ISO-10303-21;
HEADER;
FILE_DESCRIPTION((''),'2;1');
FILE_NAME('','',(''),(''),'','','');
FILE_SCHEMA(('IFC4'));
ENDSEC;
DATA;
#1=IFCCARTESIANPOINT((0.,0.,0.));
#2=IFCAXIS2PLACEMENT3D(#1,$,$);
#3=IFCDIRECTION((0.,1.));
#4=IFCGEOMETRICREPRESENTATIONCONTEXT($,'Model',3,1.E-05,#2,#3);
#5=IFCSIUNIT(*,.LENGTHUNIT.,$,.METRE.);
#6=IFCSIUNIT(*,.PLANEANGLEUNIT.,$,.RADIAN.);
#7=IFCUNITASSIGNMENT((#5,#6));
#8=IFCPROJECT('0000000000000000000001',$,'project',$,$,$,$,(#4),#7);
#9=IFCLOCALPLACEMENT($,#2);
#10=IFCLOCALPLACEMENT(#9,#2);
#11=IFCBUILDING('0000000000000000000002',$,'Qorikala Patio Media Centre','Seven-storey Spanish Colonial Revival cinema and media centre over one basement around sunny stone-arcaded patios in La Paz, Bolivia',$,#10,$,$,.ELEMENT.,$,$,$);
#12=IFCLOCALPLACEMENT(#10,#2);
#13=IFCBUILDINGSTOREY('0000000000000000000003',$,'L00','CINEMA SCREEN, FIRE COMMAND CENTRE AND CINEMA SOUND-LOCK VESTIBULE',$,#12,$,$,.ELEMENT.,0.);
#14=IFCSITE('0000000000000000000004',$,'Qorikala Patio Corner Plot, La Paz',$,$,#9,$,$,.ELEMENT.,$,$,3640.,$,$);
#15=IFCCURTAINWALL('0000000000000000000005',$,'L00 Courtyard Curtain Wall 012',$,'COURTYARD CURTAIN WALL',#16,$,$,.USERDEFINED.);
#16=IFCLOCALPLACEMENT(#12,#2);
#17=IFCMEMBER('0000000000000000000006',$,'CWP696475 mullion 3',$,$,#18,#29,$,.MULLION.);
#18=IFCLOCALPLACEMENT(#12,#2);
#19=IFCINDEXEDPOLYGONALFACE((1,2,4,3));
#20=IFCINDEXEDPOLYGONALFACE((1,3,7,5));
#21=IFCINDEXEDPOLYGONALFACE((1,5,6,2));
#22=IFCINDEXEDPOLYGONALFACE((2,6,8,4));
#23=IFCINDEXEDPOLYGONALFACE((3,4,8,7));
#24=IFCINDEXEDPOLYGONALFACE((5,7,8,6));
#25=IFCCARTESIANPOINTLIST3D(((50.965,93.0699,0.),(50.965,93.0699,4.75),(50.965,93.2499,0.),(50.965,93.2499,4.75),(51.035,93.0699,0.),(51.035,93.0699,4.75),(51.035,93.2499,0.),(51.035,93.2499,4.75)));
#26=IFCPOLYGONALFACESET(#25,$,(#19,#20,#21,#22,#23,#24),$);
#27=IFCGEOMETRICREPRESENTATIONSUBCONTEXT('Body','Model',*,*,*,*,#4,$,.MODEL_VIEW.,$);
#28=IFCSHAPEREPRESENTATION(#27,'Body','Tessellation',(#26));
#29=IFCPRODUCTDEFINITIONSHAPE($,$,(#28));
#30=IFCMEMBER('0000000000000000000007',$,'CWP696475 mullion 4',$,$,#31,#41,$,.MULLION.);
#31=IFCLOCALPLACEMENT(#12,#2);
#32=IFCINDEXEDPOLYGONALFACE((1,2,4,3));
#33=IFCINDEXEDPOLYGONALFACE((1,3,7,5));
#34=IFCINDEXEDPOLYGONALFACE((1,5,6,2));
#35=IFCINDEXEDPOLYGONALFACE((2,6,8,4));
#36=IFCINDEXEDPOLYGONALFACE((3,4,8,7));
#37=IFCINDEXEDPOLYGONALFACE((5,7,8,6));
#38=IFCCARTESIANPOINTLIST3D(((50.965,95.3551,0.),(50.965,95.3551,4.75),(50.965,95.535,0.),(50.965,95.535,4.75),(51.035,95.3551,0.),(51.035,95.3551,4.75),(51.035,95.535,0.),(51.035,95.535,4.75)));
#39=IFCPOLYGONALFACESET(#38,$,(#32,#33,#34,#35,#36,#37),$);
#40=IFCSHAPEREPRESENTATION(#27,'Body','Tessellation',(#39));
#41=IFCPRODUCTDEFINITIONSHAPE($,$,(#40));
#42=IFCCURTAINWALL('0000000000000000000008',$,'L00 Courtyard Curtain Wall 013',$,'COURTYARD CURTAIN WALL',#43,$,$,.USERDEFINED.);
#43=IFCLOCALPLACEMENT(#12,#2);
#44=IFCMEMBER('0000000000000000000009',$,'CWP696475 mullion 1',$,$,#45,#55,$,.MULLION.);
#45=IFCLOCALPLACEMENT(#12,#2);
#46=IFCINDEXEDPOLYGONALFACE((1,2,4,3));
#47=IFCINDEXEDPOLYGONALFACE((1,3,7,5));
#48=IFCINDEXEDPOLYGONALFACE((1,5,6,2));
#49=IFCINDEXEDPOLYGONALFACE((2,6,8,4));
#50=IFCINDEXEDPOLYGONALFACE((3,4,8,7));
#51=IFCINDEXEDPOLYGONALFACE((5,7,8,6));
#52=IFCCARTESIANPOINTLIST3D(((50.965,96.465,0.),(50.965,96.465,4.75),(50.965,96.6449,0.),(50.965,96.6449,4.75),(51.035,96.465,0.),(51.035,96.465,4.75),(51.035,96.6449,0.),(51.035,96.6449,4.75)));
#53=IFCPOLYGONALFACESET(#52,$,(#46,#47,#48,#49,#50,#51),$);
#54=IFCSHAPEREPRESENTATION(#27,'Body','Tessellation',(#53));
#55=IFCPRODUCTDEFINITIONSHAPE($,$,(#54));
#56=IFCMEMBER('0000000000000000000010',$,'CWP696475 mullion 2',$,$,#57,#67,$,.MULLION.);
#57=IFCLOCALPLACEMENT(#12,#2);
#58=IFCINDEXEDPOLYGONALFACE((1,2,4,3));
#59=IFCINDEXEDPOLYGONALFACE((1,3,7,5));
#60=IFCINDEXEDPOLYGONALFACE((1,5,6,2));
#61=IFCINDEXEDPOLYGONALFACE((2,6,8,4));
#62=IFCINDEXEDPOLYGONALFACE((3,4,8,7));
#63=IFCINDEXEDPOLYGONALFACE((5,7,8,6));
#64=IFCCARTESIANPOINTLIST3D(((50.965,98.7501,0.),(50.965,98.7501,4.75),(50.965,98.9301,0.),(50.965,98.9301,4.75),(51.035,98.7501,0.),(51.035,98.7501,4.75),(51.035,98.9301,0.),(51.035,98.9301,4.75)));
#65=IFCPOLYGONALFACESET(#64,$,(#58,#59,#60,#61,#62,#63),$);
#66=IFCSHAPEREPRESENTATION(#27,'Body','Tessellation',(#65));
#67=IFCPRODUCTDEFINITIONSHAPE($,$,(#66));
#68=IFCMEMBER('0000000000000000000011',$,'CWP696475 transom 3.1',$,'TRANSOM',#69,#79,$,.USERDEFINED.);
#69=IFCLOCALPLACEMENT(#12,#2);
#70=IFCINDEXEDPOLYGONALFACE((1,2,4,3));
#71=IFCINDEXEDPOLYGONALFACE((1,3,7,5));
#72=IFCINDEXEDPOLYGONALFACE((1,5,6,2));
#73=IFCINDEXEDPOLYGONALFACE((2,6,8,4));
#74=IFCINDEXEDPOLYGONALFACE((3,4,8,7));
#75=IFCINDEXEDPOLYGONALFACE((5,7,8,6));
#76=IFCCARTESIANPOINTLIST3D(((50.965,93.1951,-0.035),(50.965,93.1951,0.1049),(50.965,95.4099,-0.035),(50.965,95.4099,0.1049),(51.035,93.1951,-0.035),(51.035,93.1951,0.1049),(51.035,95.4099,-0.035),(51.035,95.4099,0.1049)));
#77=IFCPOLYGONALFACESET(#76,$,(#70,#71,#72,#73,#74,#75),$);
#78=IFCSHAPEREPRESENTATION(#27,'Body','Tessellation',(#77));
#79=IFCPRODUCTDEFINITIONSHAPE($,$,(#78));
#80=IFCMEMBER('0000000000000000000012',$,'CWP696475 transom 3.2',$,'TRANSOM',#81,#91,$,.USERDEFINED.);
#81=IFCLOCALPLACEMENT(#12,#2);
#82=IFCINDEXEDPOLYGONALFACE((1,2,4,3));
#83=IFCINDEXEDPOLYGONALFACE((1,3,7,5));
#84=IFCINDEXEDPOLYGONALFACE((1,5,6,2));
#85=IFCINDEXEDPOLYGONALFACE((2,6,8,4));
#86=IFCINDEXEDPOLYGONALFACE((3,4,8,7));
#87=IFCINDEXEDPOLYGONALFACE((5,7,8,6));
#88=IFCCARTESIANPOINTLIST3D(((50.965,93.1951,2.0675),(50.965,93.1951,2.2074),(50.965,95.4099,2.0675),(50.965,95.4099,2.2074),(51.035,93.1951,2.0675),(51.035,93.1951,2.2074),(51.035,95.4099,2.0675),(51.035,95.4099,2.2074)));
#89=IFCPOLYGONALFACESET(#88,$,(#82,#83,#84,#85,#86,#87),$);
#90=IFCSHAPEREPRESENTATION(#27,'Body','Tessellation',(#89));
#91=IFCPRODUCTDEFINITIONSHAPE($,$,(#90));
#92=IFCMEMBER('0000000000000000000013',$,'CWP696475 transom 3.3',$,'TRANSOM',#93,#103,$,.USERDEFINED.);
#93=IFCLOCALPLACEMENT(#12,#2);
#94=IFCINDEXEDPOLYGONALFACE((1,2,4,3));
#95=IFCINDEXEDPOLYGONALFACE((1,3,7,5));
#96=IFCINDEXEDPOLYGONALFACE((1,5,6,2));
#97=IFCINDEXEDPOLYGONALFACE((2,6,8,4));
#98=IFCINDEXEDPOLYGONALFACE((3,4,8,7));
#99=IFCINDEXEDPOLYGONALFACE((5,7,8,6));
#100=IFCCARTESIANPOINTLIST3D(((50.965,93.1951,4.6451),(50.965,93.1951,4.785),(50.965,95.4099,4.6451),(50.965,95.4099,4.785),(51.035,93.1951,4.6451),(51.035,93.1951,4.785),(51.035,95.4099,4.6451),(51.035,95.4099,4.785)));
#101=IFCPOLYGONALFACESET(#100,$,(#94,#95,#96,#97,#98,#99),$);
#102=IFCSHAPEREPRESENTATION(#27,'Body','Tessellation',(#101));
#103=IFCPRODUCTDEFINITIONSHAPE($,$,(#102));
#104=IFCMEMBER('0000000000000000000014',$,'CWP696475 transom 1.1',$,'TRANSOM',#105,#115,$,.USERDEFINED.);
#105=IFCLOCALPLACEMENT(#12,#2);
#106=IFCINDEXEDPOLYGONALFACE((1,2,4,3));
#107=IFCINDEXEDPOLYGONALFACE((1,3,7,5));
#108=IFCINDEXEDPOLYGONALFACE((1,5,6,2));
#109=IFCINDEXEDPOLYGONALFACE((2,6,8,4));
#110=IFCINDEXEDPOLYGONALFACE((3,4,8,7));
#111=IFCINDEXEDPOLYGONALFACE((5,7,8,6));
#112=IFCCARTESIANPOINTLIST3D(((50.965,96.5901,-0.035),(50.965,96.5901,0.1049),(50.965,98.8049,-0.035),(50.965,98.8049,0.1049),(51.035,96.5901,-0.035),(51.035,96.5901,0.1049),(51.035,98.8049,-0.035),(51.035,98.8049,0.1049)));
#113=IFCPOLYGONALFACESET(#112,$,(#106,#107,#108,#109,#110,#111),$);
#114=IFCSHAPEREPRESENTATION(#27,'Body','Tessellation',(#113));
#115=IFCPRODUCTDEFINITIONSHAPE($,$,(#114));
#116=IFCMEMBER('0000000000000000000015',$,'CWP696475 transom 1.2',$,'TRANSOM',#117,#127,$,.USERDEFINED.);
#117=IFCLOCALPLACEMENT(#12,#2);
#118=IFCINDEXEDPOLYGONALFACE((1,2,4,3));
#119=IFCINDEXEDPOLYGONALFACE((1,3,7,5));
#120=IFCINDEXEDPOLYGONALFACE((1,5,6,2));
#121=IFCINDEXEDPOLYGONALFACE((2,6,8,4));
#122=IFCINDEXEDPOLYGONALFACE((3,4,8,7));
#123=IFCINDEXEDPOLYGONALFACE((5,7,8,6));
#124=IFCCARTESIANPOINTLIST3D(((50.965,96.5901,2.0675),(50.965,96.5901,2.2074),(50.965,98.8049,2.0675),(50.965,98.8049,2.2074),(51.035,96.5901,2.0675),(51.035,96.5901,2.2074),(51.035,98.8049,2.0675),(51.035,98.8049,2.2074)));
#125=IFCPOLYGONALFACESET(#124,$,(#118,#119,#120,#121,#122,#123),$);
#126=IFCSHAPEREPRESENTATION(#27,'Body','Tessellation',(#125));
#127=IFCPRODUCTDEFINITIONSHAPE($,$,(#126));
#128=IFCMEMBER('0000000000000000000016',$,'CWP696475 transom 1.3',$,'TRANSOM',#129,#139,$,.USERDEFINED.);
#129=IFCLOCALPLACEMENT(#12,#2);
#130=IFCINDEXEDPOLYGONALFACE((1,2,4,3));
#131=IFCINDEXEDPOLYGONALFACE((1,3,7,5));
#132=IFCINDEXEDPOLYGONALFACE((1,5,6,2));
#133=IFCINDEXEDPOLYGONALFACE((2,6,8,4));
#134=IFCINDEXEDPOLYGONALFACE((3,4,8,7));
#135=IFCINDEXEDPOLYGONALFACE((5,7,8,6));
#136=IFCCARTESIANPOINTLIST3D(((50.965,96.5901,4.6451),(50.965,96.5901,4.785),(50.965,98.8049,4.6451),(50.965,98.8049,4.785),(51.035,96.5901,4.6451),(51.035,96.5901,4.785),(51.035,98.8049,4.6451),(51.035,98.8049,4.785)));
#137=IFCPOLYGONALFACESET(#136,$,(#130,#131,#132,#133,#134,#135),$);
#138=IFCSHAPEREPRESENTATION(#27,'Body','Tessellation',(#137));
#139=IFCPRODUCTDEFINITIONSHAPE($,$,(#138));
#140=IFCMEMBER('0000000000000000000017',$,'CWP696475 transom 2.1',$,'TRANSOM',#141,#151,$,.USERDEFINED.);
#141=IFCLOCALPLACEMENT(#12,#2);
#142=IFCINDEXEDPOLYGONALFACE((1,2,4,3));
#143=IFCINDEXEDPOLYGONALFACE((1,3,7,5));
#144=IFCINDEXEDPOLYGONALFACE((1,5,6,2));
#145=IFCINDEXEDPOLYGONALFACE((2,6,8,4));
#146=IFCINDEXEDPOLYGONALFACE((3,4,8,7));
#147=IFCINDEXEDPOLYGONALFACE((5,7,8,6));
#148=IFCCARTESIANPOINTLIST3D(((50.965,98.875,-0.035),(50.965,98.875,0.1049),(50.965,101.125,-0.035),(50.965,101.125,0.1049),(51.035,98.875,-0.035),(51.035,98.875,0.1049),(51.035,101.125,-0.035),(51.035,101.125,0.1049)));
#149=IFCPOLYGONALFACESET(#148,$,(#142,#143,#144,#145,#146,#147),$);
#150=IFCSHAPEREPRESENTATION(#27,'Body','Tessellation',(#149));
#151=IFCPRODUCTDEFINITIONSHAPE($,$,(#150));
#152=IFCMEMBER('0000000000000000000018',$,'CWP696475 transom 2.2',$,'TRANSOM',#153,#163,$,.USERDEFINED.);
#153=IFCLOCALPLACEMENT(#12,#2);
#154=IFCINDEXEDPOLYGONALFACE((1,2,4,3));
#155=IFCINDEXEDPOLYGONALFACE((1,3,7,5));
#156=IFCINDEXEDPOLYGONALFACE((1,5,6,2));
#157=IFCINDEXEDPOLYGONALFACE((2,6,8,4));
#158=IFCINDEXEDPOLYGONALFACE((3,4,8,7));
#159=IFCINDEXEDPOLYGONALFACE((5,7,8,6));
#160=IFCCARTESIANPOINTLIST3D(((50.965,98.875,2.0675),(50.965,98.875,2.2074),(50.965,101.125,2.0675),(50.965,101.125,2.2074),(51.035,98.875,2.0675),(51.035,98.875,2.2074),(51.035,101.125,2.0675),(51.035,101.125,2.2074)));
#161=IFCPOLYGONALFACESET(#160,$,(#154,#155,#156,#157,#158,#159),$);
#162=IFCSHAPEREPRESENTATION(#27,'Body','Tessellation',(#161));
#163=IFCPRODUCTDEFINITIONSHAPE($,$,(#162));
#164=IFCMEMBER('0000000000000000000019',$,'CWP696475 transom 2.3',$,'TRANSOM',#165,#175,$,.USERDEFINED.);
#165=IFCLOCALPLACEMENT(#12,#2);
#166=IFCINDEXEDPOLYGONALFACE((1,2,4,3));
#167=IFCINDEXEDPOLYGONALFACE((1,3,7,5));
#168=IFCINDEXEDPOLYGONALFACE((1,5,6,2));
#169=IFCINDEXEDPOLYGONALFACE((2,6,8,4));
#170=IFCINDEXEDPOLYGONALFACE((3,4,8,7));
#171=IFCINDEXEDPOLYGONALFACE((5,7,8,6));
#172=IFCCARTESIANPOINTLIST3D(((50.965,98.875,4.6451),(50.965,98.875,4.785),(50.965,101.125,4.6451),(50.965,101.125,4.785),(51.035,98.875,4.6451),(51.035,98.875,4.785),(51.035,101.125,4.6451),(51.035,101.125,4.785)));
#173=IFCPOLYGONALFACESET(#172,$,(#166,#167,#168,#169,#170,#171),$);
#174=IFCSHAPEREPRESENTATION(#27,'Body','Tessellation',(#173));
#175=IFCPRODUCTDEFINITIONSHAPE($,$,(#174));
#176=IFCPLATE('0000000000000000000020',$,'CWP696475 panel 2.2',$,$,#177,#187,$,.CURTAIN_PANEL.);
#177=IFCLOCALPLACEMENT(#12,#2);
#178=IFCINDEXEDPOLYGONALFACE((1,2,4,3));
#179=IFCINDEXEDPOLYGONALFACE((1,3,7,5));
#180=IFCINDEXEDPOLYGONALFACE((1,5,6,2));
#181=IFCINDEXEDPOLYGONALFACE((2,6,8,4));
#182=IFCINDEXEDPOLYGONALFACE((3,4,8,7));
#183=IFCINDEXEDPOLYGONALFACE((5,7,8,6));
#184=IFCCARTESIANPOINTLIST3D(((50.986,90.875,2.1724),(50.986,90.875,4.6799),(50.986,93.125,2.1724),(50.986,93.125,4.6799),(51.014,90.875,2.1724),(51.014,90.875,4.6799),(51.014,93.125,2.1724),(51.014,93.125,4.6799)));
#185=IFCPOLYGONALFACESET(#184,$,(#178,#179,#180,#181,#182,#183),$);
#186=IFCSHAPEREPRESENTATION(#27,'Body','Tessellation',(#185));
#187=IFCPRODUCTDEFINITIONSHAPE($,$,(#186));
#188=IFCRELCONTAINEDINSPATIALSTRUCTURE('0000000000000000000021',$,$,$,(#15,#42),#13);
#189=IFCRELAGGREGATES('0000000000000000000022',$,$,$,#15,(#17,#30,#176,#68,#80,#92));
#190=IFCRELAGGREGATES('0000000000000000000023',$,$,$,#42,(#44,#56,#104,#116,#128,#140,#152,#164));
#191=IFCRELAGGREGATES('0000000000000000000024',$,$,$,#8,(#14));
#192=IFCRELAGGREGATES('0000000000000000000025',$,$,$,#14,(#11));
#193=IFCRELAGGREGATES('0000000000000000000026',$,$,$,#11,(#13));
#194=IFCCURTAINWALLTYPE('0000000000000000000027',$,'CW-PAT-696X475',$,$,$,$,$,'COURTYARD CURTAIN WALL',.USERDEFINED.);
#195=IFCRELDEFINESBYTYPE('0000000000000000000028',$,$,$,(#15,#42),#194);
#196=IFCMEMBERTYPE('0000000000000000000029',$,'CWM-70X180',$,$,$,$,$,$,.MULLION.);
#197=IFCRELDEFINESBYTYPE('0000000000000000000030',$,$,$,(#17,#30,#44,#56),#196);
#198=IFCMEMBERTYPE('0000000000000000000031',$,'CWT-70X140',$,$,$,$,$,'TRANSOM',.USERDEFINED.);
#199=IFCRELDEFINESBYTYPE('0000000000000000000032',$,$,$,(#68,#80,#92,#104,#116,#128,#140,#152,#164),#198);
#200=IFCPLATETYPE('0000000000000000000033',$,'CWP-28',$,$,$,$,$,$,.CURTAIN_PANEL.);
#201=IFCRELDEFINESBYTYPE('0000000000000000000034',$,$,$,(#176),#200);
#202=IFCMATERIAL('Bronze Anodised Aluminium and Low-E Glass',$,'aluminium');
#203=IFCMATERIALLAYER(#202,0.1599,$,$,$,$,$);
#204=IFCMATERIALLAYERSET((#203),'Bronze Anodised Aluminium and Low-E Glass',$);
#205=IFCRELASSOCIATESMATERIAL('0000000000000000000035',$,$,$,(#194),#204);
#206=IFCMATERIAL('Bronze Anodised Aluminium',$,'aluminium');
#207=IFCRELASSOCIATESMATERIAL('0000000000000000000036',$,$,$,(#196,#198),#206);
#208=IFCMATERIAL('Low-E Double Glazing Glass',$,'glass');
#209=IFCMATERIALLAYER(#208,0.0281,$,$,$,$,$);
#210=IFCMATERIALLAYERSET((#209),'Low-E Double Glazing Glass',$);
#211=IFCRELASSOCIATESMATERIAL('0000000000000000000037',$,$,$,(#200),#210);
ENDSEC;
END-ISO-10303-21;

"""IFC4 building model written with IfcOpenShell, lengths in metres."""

from ifc_helpers import new_model, si_unit, direction, frame, origin, origin_2d, place, context, subcontext, project, spatial, rectangle, extrude, material, layer, layer_set, material_profile, profile_set, type_object, element, aggregate, save


model = new_model("IFC4")

# Units and contexts
model_context = context("Model", 3, precision=1e-05, world=origin(), true_north=direction((0.0, 1.0)))
body_context = subcontext(model_context, "Body", "Model", "MODEL_VIEW")
ifc_project = project(units=[si_unit("LENGTHUNIT", "METRE"), si_unit("PLANEANGLEUNIT", "RADIAN")], contexts=[model_context])

# Site, building, storey
site_placement = place(None, origin())
site = spatial("IfcSite", under=ifc_project, at=site_placement, Name="Qorikala Patio Corner Plot, La Paz", CompositionType="ELEMENT", RefElevation=3640.0)
building_placement = place(site_placement, origin())
building = spatial("IfcBuilding", under=site, at=building_placement, Name="Qorikala Patio Media Centre", Description="Seven-storey Spanish Colonial Revival cinema and media centre over one basement around sunny stone-arcaded patios in La Paz, Bolivia", CompositionType="ELEMENT")
storey_placement = place(building_placement, origin())
storey = spatial("IfcBuildingStorey", under=building, at=storey_placement, Name="L00", Description="CINEMA SCREEN, FIRE COMMAND CENTRE AND CINEMA SOUND-LOCK VESTIBULE", CompositionType="ELEMENT", Elevation=0.0)

# Curtain walls, members
ifc_material_1 = material(Name="Bronze Anodised Aluminium and Low-E Glass", Category="aluminium")
ifc_layer_1 = layer(ifc_material_1, 0.1599)
ifc_layer_set_1 = layer_set([ifc_layer_1], Name="Bronze Anodised Aluminium and Low-E Glass")
curtain_wall_type = type_object("IfcCurtainWallType", Name="CW-PAT-696X475", ElementType="COURTYARD CURTAIN WALL", PredefinedType="USERDEFINED", material=ifc_layer_set_1)
curtain_wall_1_placement = place(storey_placement, origin())
curtain_wall_1 = element("IfcCurtainWall", 1, at=curtain_wall_1_placement, inside=storey, type_object=curtain_wall_type, Name="L00 Courtyard Curtain Wall 012", ObjectType="COURTYARD CURTAIN WALL", PredefinedType="USERDEFINED")
ifc_material_2 = material(Name="Bronze Anodised Aluminium", Category="aluminium")
ifc_material_profile_1 = material_profile(ifc_material_2, rectangle(XDim=0.0701, YDim=0.1799, at=origin_2d()), Name="ALU MULLION 70x180")
ifc_profile_set_1 = profile_set([ifc_material_profile_1], Name="Bronze Anodised Aluminium")
member_type_1 = type_object("IfcMemberType", Name="CWM-70X180", PredefinedType="MULLION", material=ifc_profile_set_1)
member_1_placement = place(storey_placement, frame((51.0, 93.1599, 0.0), z_axis=(0.0, 0.0, 1.0), x_axis=(-1.0, 0.0, 0.0)))
member_1 = element("IfcMember", 2, at=member_1_placement, type_object=member_type_1, Name="CWP696475 mullion 3", PredefinedType="MULLION", context=body_context, shape_type="SweptSolid", body=[
    extrude(rectangle(XDim=0.0701, YDim=0.1799, at=origin_2d()), origin(), (0.0, 0.0, 1.0), 4.75),
])
member_2_placement = place(storey_placement, frame((51.0, 95.4451, 0.0), z_axis=(0.0, 0.0, 1.0), x_axis=(-1.0, 0.0, 0.0)))
member_2 = element("IfcMember", 3, at=member_2_placement, type_object=member_type_1, Name="CWP696475 mullion 4", PredefinedType="MULLION", context=body_context, shape_type="SweptSolid", body=[
    extrude(rectangle(XDim=0.0701, YDim=0.1799, at=origin_2d()), origin(), (0.0, 0.0, 1.0), 4.75),
])
curtain_wall_2_placement = place(storey_placement, origin())
curtain_wall_2 = element("IfcCurtainWall", 4, at=curtain_wall_2_placement, inside=storey, type_object=curtain_wall_type, Name="L00 Courtyard Curtain Wall 013", ObjectType="COURTYARD CURTAIN WALL", PredefinedType="USERDEFINED")
member_3_placement = place(storey_placement, frame((51.0, 96.5549, 0.0), z_axis=(0.0, 0.0, 1.0), x_axis=(-1.0, 0.0, 0.0)))
member_3 = element("IfcMember", 5, at=member_3_placement, type_object=member_type_1, Name="CWP696475 mullion 1", PredefinedType="MULLION", context=body_context, shape_type="SweptSolid", body=[
    extrude(rectangle(XDim=0.0701, YDim=0.1799, at=origin_2d()), origin(), (0.0, 0.0, 1.0), 4.75),
])
member_4_placement = place(storey_placement, frame((51.0, 98.8401, 0.0), z_axis=(0.0, 0.0, 1.0), x_axis=(-1.0, 0.0, 0.0)))
member_4 = element("IfcMember", 6, at=member_4_placement, type_object=member_type_1, Name="CWP696475 mullion 2", PredefinedType="MULLION", context=body_context, shape_type="SweptSolid", body=[
    extrude(rectangle(XDim=0.0701, YDim=0.1799, at=origin_2d()), origin(), (0.0, 0.0, 1.0), 4.75),
])

# Members
ifc_material_profile_2 = material_profile(ifc_material_2, rectangle(XDim=0.0701, YDim=0.1399, at=origin_2d()), Name="ALU TRANSOM 70x140")
ifc_profile_set_2 = profile_set([ifc_material_profile_2], Name="Bronze Anodised Aluminium")
member_type_2 = type_object("IfcMemberType", Name="CWT-70X140", ElementType="TRANSOM", PredefinedType="USERDEFINED", material=ifc_profile_set_2)
member_5_placement = place(storey_placement, frame((51.0, 93.1951, 0.0349), z_axis=(0.0, 1.0, 0.0), x_axis=(-1.0, 0.0, 0.0)))
member_5 = element("IfcMember", 7, at=member_5_placement, type_object=member_type_2, Name="CWP696475 transom 3.1", ObjectType="TRANSOM", PredefinedType="USERDEFINED", context=body_context, shape_type="SweptSolid", body=[
    extrude(rectangle(XDim=0.0701, YDim=0.1399, at=origin_2d()), origin(), (0.0, 0.0, 1.0), 2.2148),
])
member_6_placement = place(storey_placement, frame((51.0, 93.1951, 2.1375), z_axis=(0.0, 1.0, 0.0), x_axis=(-1.0, 0.0, 0.0)))
member_6 = element("IfcMember", 8, at=member_6_placement, type_object=member_type_2, Name="CWP696475 transom 3.2", ObjectType="TRANSOM", PredefinedType="USERDEFINED", context=body_context, shape_type="SweptSolid", body=[
    extrude(rectangle(XDim=0.0701, YDim=0.1399, at=origin_2d()), origin(), (0.0, 0.0, 1.0), 2.2148),
])
member_7_placement = place(storey_placement, frame((51.0, 93.1951, 4.7151), z_axis=(0.0, 1.0, 0.0), x_axis=(-1.0, 0.0, 0.0)))
member_7 = element("IfcMember", 9, at=member_7_placement, type_object=member_type_2, Name="CWP696475 transom 3.3", ObjectType="TRANSOM", PredefinedType="USERDEFINED", context=body_context, shape_type="SweptSolid", body=[
    extrude(rectangle(XDim=0.0701, YDim=0.1399, at=origin_2d()), origin(), (0.0, 0.0, 1.0), 2.2148),
])
member_8_placement = place(storey_placement, frame((51.0, 96.5901, 0.0349), z_axis=(0.0, 1.0, 0.0), x_axis=(-1.0, 0.0, 0.0)))
member_8 = element("IfcMember", 10, at=member_8_placement, type_object=member_type_2, Name="CWP696475 transom 1.1", ObjectType="TRANSOM", PredefinedType="USERDEFINED", context=body_context, shape_type="SweptSolid", body=[
    extrude(rectangle(XDim=0.0701, YDim=0.1399, at=origin_2d()), origin(), (0.0, 0.0, 1.0), 2.2148),
])
member_9_placement = place(storey_placement, frame((51.0, 96.5901, 2.1375), z_axis=(0.0, 1.0, 0.0), x_axis=(-1.0, 0.0, 0.0)))
member_9 = element("IfcMember", 11, at=member_9_placement, type_object=member_type_2, Name="CWP696475 transom 1.2", ObjectType="TRANSOM", PredefinedType="USERDEFINED", context=body_context, shape_type="SweptSolid", body=[
    extrude(rectangle(XDim=0.0701, YDim=0.1399, at=origin_2d()), origin(), (0.0, 0.0, 1.0), 2.2148),
])
member_10_placement = place(storey_placement, frame((51.0, 96.5901, 4.7151), z_axis=(0.0, 1.0, 0.0), x_axis=(-1.0, 0.0, 0.0)))
member_10 = element("IfcMember", 12, at=member_10_placement, type_object=member_type_2, Name="CWP696475 transom 1.3", ObjectType="TRANSOM", PredefinedType="USERDEFINED", context=body_context, shape_type="SweptSolid", body=[
    extrude(rectangle(XDim=0.0701, YDim=0.1399, at=origin_2d()), origin(), (0.0, 0.0, 1.0), 2.2148),
])
member_11_placement = place(storey_placement, frame((51.0, 98.875, 0.0349), z_axis=(0.0, 1.0, 0.0), x_axis=(-1.0, 0.0, 0.0)))
member_11 = element("IfcMember", 13, at=member_11_placement, type_object=member_type_2, Name="CWP696475 transom 2.1", ObjectType="TRANSOM", PredefinedType="USERDEFINED", context=body_context, shape_type="SweptSolid", body=[
    extrude(rectangle(XDim=0.0701, YDim=0.1399, at=origin_2d()), origin(), (0.0, 0.0, 1.0), 2.25),
])
member_12_placement = place(storey_placement, frame((51.0, 98.875, 2.1375), z_axis=(0.0, 1.0, 0.0), x_axis=(-1.0, 0.0, 0.0)))
member_12 = element("IfcMember", 14, at=member_12_placement, type_object=member_type_2, Name="CWP696475 transom 2.2", ObjectType="TRANSOM", PredefinedType="USERDEFINED", context=body_context, shape_type="SweptSolid", body=[
    extrude(rectangle(XDim=0.0701, YDim=0.1399, at=origin_2d()), origin(), (0.0, 0.0, 1.0), 2.25),
])
member_13_placement = place(storey_placement, frame((51.0, 98.875, 4.7151), z_axis=(0.0, 1.0, 0.0), x_axis=(-1.0, 0.0, 0.0)))
member_13 = element("IfcMember", 15, at=member_13_placement, type_object=member_type_2, Name="CWP696475 transom 2.3", ObjectType="TRANSOM", PredefinedType="USERDEFINED", context=body_context, shape_type="SweptSolid", body=[
    extrude(rectangle(XDim=0.0701, YDim=0.1399, at=origin_2d()), origin(), (0.0, 0.0, 1.0), 2.25),
])

# Plate
ifc_material_3 = material(Name="Low-E Double Glazing Glass", Category="glass")
ifc_layer_2 = layer(ifc_material_3, 0.0281)
ifc_layer_set_2 = layer_set([ifc_layer_2], Name="Low-E Double Glazing Glass")
plate_type = type_object("IfcPlateType", Name="CWP-28", PredefinedType="CURTAIN_PANEL", material=ifc_layer_set_2)
plate_1_placement = place(storey_placement, frame((51.0, 92.0, 2.1724), z_axis=(0.0, 0.0, 1.0), x_axis=(0.0, 1.0, 0.0)))
plate_1 = element("IfcPlate", 16, at=plate_1_placement, type_object=plate_type, Name="CWP696475 panel 2.2", PredefinedType="CURTAIN_PANEL", context=body_context, shape_type="SweptSolid", body=[
    extrude(rectangle(XDim=2.25, YDim=0.0281, at=origin_2d()), origin(), (0.0, 0.0, 1.0), 2.5076),
])
aggregate(curtain_wall_1, [member_1, member_2, plate_1, member_5, member_6, member_7])
aggregate(curtain_wall_2, [member_3, member_4, member_8, member_9, member_10, member_11, member_12, member_13])

save(model, "model.ifc")
